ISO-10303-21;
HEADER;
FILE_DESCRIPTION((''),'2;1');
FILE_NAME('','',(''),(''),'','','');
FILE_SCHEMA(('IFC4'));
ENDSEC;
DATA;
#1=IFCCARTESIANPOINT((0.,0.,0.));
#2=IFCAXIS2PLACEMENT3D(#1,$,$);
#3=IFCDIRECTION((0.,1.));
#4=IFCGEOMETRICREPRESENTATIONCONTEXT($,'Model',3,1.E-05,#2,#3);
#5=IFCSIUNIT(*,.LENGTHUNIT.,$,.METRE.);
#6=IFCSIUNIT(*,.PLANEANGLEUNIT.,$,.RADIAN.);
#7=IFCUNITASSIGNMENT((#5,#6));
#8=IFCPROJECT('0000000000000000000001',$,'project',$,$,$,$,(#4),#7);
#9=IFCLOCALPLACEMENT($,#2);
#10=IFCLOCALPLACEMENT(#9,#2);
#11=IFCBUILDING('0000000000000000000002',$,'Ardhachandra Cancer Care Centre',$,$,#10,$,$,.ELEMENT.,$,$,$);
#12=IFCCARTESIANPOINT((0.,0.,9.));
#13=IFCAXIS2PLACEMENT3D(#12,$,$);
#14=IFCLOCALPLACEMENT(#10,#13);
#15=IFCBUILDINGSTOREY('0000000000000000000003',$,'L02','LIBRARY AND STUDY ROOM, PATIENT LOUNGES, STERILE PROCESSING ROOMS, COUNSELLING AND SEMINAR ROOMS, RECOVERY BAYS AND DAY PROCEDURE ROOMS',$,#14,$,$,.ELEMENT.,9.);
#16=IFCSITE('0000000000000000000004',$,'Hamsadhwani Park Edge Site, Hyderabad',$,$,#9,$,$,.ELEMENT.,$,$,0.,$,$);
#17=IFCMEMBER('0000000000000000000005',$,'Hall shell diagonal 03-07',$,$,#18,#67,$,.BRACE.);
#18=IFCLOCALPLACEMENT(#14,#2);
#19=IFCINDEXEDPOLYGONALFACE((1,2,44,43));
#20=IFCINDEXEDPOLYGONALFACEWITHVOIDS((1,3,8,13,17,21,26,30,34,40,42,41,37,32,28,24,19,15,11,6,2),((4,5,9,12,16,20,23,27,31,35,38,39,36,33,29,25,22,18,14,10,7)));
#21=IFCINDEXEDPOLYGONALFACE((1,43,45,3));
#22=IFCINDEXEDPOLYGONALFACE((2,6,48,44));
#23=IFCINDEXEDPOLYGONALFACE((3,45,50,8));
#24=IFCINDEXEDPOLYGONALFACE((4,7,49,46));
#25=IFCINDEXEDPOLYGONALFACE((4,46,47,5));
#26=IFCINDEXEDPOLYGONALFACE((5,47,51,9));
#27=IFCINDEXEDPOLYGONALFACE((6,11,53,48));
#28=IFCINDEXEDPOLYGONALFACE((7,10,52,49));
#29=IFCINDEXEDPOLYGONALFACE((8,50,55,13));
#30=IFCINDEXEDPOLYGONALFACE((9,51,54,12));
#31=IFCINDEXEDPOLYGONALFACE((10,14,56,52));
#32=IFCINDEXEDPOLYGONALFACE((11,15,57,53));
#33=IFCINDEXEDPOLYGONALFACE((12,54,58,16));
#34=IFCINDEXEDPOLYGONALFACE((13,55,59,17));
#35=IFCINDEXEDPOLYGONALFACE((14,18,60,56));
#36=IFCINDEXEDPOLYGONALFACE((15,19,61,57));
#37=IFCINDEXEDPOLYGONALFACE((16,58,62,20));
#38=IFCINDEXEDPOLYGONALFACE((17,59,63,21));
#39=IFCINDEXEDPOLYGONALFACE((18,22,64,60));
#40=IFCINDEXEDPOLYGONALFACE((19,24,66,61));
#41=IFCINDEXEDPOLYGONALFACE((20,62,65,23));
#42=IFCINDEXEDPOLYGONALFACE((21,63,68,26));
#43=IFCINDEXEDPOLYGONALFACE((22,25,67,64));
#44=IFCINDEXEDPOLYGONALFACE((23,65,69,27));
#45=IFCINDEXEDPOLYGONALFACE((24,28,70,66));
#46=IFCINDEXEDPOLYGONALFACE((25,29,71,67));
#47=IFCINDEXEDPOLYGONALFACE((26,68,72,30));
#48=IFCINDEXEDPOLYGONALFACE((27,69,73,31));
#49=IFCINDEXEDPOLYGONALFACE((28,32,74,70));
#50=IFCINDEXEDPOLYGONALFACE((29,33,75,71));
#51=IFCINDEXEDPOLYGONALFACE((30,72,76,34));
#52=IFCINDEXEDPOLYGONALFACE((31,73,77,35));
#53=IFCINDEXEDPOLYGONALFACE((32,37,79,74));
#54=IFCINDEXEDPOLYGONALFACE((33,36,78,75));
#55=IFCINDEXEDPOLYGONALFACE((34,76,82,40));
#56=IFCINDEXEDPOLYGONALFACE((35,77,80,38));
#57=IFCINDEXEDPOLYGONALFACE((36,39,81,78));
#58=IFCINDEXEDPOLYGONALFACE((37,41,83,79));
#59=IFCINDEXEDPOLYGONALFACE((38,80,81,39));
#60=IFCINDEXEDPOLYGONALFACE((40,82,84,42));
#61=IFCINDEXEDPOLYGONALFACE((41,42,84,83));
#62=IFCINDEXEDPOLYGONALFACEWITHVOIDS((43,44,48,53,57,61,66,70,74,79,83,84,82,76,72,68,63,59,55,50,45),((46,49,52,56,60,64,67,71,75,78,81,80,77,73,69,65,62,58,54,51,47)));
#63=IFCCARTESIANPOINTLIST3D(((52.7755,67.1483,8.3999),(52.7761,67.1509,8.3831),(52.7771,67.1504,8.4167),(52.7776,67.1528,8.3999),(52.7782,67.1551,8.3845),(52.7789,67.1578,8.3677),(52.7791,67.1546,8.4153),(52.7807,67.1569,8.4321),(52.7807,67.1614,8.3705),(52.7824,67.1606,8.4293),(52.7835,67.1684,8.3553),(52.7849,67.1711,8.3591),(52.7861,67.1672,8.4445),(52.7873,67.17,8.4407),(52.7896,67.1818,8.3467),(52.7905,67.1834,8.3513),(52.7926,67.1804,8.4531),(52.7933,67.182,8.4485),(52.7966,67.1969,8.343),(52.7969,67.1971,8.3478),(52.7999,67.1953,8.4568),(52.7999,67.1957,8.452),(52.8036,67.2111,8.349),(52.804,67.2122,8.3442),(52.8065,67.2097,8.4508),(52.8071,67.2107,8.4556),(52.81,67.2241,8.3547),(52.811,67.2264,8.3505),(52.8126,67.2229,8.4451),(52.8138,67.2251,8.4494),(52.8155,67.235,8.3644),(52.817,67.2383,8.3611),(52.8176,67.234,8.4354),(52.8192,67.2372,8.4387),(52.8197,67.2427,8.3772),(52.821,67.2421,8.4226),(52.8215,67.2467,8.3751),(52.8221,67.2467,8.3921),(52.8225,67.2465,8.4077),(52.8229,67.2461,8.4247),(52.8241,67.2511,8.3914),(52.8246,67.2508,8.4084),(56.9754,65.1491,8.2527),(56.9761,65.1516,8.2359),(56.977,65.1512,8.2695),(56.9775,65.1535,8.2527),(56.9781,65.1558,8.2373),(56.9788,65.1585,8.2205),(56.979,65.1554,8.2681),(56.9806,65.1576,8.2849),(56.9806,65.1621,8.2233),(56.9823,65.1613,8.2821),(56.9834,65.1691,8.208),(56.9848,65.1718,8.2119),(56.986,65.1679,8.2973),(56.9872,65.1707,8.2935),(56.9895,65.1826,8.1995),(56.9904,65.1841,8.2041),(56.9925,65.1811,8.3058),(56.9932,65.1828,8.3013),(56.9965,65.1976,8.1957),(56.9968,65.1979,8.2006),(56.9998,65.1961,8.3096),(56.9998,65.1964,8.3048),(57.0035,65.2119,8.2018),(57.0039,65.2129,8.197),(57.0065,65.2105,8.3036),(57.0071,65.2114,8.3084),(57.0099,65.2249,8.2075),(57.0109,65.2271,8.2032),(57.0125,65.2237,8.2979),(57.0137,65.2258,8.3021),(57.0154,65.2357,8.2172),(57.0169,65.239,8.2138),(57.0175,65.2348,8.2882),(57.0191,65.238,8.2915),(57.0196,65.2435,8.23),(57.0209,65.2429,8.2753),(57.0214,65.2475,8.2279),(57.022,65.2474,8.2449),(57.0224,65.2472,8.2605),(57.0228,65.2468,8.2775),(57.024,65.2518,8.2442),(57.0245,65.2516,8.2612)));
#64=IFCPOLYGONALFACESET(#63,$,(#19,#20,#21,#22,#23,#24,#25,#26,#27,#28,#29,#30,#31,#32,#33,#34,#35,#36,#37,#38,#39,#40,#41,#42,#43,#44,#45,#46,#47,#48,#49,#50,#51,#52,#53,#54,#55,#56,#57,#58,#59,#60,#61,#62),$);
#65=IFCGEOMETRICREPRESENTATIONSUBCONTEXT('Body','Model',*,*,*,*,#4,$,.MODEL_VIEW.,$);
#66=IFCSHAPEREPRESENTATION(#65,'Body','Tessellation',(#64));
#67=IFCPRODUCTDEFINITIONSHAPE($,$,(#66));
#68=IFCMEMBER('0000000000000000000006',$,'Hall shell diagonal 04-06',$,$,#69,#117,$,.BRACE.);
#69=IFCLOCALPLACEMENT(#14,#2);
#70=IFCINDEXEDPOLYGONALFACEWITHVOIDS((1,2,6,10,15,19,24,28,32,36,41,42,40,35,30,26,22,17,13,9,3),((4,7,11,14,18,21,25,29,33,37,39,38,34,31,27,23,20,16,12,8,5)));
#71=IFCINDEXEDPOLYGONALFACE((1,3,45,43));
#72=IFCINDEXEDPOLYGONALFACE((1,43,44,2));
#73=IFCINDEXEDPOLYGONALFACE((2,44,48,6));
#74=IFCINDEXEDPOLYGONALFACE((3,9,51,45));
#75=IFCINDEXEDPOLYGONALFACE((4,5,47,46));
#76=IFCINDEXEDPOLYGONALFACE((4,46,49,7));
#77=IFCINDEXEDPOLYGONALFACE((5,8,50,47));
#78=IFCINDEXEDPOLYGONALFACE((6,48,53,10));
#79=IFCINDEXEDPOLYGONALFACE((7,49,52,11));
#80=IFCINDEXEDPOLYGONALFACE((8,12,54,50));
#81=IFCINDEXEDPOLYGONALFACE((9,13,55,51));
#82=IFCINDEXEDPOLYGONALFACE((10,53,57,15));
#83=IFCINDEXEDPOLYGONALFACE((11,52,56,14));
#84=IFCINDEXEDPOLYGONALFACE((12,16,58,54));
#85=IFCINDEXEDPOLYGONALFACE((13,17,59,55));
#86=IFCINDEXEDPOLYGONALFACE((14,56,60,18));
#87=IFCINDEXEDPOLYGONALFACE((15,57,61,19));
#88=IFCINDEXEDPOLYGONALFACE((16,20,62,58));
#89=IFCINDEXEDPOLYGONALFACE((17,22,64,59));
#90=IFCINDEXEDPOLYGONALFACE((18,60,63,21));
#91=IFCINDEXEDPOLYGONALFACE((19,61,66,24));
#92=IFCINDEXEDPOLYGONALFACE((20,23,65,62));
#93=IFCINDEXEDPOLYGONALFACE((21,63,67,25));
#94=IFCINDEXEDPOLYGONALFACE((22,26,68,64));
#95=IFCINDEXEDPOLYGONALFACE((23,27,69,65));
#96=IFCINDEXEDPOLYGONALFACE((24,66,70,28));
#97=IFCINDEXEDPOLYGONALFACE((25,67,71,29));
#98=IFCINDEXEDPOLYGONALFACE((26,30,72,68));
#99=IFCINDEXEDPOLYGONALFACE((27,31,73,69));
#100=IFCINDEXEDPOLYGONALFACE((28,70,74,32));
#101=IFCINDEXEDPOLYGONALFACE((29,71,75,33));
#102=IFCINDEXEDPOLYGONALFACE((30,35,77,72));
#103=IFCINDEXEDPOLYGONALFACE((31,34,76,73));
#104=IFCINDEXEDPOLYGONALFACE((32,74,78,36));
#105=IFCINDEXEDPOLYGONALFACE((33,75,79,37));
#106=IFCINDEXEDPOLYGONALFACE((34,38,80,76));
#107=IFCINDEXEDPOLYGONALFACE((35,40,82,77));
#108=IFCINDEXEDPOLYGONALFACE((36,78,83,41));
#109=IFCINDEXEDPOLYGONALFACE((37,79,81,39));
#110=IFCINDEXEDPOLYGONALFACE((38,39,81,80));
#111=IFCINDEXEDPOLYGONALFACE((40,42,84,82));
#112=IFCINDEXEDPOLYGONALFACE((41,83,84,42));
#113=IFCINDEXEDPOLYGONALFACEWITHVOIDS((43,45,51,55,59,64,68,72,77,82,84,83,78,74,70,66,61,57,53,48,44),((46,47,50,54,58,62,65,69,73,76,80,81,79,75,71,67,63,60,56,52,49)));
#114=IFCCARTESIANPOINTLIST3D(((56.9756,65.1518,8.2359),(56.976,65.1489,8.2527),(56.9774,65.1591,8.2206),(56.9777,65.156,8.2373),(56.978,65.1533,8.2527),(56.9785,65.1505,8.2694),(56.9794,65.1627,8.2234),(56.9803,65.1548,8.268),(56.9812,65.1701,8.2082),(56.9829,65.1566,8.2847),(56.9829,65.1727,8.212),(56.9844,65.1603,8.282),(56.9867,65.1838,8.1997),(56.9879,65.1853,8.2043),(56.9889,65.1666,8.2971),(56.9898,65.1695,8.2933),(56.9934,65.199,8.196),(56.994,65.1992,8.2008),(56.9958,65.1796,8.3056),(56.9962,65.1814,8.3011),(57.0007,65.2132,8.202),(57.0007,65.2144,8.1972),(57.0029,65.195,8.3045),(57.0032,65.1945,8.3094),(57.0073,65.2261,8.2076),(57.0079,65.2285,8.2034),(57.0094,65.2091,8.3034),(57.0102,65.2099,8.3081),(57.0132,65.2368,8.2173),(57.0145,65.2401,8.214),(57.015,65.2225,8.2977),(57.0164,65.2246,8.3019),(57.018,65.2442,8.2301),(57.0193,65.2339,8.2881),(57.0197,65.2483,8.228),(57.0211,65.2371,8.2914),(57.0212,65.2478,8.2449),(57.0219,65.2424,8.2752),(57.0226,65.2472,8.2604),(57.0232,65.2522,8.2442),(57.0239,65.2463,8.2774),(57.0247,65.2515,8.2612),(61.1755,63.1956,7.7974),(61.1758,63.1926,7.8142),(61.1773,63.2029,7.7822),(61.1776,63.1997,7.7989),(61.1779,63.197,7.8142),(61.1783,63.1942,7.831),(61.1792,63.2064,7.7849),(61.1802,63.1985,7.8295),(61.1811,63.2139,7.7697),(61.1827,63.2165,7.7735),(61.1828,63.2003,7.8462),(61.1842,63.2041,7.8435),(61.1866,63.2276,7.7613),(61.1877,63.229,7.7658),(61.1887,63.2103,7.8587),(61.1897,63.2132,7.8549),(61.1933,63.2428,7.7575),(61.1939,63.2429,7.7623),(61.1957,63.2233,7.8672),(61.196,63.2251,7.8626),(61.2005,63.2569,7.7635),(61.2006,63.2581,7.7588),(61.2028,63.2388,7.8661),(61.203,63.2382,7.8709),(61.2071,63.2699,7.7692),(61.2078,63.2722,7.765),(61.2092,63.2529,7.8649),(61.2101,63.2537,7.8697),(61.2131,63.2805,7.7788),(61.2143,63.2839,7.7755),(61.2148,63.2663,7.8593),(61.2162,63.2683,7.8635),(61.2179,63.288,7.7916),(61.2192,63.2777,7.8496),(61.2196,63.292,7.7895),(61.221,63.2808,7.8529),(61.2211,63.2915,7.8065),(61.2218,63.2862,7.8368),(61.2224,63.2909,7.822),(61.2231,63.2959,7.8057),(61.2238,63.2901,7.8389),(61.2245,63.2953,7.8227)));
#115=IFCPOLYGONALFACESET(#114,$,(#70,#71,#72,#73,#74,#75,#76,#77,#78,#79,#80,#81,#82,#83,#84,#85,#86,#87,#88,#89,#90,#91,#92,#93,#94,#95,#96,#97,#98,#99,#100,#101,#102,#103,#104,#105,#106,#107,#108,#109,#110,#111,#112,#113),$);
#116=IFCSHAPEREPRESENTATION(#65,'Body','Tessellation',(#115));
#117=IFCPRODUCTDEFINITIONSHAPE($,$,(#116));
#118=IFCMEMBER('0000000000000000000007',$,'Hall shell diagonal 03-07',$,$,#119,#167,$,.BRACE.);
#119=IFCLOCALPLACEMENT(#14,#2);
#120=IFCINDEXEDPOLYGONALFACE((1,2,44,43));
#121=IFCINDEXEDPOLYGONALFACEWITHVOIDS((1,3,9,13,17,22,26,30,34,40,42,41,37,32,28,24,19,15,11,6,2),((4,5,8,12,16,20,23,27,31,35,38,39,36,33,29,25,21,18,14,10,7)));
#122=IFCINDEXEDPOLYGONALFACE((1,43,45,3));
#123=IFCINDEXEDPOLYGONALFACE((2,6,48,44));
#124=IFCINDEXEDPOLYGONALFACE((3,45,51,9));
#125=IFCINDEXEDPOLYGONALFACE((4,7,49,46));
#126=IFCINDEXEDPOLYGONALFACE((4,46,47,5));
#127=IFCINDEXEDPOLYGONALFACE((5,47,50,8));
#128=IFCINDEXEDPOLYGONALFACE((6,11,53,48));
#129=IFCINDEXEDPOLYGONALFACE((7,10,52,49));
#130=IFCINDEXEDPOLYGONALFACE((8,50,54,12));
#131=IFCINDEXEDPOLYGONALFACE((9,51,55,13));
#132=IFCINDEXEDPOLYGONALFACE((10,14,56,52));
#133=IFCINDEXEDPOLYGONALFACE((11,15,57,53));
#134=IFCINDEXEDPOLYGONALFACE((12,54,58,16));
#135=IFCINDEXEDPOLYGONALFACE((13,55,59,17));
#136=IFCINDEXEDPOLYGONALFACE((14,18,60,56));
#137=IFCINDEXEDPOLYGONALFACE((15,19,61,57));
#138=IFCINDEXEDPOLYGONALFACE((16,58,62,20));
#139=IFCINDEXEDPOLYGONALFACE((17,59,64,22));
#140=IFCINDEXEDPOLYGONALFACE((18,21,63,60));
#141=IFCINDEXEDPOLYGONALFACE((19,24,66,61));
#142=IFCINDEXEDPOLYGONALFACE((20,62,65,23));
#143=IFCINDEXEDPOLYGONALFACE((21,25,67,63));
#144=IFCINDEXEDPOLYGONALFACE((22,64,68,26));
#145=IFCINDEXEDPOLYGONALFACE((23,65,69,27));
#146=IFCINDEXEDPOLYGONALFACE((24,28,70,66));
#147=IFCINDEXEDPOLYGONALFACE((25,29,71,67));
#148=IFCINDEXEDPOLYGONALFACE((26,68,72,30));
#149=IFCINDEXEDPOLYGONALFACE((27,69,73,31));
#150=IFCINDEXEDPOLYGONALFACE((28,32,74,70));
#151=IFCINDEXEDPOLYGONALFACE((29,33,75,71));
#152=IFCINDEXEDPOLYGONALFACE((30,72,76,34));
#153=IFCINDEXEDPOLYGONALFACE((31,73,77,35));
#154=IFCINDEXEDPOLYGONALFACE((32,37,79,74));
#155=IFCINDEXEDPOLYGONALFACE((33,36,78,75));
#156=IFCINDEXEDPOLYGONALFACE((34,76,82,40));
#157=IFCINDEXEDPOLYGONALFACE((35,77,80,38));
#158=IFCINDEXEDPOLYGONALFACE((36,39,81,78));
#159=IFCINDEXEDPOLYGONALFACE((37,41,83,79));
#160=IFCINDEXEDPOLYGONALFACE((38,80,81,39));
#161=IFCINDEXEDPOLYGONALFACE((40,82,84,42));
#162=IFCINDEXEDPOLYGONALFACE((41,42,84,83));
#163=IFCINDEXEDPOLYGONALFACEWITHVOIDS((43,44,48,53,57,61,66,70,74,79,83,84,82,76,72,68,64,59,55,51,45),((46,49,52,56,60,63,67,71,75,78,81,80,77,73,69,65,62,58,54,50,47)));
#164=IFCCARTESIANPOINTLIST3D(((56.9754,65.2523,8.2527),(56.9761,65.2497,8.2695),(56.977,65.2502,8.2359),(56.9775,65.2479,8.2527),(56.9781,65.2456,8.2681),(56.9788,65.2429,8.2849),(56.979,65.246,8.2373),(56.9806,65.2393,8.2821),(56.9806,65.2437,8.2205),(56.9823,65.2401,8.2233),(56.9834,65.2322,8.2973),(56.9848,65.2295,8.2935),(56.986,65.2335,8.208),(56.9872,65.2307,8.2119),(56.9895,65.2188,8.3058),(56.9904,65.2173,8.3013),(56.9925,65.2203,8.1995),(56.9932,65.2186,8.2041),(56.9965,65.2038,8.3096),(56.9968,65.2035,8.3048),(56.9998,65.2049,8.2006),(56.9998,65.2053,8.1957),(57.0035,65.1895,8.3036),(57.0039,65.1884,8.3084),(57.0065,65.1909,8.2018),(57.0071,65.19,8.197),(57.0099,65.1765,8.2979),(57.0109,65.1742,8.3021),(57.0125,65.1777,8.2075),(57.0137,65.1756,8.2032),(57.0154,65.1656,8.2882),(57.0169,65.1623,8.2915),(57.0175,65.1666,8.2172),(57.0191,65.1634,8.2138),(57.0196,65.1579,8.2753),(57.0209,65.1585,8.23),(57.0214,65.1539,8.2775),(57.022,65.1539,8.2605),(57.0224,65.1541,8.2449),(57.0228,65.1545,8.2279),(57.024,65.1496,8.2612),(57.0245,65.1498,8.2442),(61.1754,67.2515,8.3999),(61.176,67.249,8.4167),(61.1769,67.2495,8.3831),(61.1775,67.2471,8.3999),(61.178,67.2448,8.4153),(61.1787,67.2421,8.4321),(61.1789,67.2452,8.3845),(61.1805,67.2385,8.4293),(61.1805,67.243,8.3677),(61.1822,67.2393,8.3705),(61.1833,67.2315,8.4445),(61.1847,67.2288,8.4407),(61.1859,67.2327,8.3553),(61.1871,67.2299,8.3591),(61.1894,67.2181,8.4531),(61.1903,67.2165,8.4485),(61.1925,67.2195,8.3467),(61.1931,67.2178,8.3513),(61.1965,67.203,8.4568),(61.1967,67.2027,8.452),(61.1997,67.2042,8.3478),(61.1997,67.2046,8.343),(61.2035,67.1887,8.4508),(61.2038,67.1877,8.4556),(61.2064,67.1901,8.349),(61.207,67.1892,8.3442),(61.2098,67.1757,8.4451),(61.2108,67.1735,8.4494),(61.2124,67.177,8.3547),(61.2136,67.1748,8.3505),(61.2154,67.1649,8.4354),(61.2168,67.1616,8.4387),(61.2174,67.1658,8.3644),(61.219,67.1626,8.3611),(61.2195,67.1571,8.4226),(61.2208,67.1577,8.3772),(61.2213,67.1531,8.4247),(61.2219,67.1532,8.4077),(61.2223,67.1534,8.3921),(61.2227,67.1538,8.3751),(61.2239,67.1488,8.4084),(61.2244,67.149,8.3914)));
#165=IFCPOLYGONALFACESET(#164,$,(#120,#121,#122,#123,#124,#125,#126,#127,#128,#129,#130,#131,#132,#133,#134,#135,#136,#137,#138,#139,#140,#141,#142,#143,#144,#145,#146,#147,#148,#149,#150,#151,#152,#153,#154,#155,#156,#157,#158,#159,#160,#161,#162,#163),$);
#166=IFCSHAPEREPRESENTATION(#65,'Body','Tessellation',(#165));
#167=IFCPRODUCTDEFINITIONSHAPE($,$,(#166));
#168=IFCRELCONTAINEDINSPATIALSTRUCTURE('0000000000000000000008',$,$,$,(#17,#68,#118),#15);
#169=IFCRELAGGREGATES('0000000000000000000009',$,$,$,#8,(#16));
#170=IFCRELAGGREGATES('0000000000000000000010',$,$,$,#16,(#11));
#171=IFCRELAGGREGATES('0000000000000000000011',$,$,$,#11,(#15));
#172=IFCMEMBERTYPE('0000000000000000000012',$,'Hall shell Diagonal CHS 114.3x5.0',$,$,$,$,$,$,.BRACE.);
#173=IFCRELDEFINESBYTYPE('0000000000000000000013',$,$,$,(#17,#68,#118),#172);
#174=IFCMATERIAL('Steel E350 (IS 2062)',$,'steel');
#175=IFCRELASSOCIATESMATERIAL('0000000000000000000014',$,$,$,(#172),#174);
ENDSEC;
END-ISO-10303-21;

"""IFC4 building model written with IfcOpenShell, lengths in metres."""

from ifc_helpers import new_model, si_unit, direction, frame, origin, origin_2d, place, context, subcontext, project, spatial, hollow_circle, extrude, material, material_profile, profile_set, type_object, element, save


model = new_model("IFC4")

# Units and contexts
model_context = context("Model", 3, precision=1e-05, world=origin(), true_north=direction((0.0, 1.0)))
body_context = subcontext(model_context, "Body", "Model", "MODEL_VIEW")
ifc_project = project(units=[si_unit("LENGTHUNIT", "METRE"), si_unit("PLANEANGLEUNIT", "RADIAN")], contexts=[model_context])

# Site, building, storey
site_placement = place(None, origin())
site = spatial("IfcSite", under=ifc_project, at=site_placement, Name="Hamsadhwani Park Edge Site, Hyderabad", CompositionType="ELEMENT", RefElevation=0.0)
building_placement = place(site_placement, origin())
building = spatial("IfcBuilding", under=site, at=building_placement, Name="Ardhachandra Cancer Care Centre", CompositionType="ELEMENT")
storey_placement = place(building_placement, frame((0.0, 0.0, 9.0)))
storey = spatial("IfcBuildingStorey", under=building, at=storey_placement, Name="L02", Description="LIBRARY AND STUDY ROOM, PATIENT LOUNGES, STERILE PROCESSING ROOMS, COUNSELLING AND SEMINAR ROOMS, RECOVERY BAYS AND DAY PROCEDURE ROOMS", CompositionType="ELEMENT", Elevation=9.0)

# Members
ifc_material_1 = material(Name="Steel E350 (IS 2062)", Category="steel")
ifc_material_profile_1 = material_profile(ifc_material_1, hollow_circle(Radius=0.0571, WallThickness=0.0049, at=origin_2d()), Name="CHS 114.3x5.0")
ifc_profile_set_1 = profile_set([ifc_material_profile_1], Name="Steel E350 (IS 2062)")
member_type_1 = type_object("IfcMemberType", Name="Hall shell Diagonal CHS 114.3x5.0", PredefinedType="BRACE", material=ifc_profile_set_1)
for number, where, z_axis, x_axis, name in (
    (1, (57.0, 65.2007, 8.2527), (-0.902468, 0.429594, 0.031633), (-0.429809, -0.90292, 0.0), "Hall shell diagonal 03-07"),
    (2, (61.2, 63.2444, 7.8142), (-0.902455, 0.420355, 0.094217), (-0.422233, -0.906487, 0.0), "Hall shell diagonal 04-06"),
    (3, (57.0, 65.2007, 8.2527), (0.902468, 0.429594, 0.031633), (-0.429809, 0.90292, 0.0), "Hall shell diagonal 03-07"),
):
    element("IfcMember", number, at=place(storey_placement, frame(where, z_axis=z_axis, x_axis=x_axis)), inside=storey, type_object=member_type_1, Name=name, PredefinedType="BRACE", context=body_context, shape_type="SweptSolid", body=[
        extrude(hollow_circle(Radius=0.0571, WallThickness=0.0049, at=origin_2d()), origin(), (0.0, 0.0, 1.0), 4.6538),
    ])

save(model, "model.ifc")
